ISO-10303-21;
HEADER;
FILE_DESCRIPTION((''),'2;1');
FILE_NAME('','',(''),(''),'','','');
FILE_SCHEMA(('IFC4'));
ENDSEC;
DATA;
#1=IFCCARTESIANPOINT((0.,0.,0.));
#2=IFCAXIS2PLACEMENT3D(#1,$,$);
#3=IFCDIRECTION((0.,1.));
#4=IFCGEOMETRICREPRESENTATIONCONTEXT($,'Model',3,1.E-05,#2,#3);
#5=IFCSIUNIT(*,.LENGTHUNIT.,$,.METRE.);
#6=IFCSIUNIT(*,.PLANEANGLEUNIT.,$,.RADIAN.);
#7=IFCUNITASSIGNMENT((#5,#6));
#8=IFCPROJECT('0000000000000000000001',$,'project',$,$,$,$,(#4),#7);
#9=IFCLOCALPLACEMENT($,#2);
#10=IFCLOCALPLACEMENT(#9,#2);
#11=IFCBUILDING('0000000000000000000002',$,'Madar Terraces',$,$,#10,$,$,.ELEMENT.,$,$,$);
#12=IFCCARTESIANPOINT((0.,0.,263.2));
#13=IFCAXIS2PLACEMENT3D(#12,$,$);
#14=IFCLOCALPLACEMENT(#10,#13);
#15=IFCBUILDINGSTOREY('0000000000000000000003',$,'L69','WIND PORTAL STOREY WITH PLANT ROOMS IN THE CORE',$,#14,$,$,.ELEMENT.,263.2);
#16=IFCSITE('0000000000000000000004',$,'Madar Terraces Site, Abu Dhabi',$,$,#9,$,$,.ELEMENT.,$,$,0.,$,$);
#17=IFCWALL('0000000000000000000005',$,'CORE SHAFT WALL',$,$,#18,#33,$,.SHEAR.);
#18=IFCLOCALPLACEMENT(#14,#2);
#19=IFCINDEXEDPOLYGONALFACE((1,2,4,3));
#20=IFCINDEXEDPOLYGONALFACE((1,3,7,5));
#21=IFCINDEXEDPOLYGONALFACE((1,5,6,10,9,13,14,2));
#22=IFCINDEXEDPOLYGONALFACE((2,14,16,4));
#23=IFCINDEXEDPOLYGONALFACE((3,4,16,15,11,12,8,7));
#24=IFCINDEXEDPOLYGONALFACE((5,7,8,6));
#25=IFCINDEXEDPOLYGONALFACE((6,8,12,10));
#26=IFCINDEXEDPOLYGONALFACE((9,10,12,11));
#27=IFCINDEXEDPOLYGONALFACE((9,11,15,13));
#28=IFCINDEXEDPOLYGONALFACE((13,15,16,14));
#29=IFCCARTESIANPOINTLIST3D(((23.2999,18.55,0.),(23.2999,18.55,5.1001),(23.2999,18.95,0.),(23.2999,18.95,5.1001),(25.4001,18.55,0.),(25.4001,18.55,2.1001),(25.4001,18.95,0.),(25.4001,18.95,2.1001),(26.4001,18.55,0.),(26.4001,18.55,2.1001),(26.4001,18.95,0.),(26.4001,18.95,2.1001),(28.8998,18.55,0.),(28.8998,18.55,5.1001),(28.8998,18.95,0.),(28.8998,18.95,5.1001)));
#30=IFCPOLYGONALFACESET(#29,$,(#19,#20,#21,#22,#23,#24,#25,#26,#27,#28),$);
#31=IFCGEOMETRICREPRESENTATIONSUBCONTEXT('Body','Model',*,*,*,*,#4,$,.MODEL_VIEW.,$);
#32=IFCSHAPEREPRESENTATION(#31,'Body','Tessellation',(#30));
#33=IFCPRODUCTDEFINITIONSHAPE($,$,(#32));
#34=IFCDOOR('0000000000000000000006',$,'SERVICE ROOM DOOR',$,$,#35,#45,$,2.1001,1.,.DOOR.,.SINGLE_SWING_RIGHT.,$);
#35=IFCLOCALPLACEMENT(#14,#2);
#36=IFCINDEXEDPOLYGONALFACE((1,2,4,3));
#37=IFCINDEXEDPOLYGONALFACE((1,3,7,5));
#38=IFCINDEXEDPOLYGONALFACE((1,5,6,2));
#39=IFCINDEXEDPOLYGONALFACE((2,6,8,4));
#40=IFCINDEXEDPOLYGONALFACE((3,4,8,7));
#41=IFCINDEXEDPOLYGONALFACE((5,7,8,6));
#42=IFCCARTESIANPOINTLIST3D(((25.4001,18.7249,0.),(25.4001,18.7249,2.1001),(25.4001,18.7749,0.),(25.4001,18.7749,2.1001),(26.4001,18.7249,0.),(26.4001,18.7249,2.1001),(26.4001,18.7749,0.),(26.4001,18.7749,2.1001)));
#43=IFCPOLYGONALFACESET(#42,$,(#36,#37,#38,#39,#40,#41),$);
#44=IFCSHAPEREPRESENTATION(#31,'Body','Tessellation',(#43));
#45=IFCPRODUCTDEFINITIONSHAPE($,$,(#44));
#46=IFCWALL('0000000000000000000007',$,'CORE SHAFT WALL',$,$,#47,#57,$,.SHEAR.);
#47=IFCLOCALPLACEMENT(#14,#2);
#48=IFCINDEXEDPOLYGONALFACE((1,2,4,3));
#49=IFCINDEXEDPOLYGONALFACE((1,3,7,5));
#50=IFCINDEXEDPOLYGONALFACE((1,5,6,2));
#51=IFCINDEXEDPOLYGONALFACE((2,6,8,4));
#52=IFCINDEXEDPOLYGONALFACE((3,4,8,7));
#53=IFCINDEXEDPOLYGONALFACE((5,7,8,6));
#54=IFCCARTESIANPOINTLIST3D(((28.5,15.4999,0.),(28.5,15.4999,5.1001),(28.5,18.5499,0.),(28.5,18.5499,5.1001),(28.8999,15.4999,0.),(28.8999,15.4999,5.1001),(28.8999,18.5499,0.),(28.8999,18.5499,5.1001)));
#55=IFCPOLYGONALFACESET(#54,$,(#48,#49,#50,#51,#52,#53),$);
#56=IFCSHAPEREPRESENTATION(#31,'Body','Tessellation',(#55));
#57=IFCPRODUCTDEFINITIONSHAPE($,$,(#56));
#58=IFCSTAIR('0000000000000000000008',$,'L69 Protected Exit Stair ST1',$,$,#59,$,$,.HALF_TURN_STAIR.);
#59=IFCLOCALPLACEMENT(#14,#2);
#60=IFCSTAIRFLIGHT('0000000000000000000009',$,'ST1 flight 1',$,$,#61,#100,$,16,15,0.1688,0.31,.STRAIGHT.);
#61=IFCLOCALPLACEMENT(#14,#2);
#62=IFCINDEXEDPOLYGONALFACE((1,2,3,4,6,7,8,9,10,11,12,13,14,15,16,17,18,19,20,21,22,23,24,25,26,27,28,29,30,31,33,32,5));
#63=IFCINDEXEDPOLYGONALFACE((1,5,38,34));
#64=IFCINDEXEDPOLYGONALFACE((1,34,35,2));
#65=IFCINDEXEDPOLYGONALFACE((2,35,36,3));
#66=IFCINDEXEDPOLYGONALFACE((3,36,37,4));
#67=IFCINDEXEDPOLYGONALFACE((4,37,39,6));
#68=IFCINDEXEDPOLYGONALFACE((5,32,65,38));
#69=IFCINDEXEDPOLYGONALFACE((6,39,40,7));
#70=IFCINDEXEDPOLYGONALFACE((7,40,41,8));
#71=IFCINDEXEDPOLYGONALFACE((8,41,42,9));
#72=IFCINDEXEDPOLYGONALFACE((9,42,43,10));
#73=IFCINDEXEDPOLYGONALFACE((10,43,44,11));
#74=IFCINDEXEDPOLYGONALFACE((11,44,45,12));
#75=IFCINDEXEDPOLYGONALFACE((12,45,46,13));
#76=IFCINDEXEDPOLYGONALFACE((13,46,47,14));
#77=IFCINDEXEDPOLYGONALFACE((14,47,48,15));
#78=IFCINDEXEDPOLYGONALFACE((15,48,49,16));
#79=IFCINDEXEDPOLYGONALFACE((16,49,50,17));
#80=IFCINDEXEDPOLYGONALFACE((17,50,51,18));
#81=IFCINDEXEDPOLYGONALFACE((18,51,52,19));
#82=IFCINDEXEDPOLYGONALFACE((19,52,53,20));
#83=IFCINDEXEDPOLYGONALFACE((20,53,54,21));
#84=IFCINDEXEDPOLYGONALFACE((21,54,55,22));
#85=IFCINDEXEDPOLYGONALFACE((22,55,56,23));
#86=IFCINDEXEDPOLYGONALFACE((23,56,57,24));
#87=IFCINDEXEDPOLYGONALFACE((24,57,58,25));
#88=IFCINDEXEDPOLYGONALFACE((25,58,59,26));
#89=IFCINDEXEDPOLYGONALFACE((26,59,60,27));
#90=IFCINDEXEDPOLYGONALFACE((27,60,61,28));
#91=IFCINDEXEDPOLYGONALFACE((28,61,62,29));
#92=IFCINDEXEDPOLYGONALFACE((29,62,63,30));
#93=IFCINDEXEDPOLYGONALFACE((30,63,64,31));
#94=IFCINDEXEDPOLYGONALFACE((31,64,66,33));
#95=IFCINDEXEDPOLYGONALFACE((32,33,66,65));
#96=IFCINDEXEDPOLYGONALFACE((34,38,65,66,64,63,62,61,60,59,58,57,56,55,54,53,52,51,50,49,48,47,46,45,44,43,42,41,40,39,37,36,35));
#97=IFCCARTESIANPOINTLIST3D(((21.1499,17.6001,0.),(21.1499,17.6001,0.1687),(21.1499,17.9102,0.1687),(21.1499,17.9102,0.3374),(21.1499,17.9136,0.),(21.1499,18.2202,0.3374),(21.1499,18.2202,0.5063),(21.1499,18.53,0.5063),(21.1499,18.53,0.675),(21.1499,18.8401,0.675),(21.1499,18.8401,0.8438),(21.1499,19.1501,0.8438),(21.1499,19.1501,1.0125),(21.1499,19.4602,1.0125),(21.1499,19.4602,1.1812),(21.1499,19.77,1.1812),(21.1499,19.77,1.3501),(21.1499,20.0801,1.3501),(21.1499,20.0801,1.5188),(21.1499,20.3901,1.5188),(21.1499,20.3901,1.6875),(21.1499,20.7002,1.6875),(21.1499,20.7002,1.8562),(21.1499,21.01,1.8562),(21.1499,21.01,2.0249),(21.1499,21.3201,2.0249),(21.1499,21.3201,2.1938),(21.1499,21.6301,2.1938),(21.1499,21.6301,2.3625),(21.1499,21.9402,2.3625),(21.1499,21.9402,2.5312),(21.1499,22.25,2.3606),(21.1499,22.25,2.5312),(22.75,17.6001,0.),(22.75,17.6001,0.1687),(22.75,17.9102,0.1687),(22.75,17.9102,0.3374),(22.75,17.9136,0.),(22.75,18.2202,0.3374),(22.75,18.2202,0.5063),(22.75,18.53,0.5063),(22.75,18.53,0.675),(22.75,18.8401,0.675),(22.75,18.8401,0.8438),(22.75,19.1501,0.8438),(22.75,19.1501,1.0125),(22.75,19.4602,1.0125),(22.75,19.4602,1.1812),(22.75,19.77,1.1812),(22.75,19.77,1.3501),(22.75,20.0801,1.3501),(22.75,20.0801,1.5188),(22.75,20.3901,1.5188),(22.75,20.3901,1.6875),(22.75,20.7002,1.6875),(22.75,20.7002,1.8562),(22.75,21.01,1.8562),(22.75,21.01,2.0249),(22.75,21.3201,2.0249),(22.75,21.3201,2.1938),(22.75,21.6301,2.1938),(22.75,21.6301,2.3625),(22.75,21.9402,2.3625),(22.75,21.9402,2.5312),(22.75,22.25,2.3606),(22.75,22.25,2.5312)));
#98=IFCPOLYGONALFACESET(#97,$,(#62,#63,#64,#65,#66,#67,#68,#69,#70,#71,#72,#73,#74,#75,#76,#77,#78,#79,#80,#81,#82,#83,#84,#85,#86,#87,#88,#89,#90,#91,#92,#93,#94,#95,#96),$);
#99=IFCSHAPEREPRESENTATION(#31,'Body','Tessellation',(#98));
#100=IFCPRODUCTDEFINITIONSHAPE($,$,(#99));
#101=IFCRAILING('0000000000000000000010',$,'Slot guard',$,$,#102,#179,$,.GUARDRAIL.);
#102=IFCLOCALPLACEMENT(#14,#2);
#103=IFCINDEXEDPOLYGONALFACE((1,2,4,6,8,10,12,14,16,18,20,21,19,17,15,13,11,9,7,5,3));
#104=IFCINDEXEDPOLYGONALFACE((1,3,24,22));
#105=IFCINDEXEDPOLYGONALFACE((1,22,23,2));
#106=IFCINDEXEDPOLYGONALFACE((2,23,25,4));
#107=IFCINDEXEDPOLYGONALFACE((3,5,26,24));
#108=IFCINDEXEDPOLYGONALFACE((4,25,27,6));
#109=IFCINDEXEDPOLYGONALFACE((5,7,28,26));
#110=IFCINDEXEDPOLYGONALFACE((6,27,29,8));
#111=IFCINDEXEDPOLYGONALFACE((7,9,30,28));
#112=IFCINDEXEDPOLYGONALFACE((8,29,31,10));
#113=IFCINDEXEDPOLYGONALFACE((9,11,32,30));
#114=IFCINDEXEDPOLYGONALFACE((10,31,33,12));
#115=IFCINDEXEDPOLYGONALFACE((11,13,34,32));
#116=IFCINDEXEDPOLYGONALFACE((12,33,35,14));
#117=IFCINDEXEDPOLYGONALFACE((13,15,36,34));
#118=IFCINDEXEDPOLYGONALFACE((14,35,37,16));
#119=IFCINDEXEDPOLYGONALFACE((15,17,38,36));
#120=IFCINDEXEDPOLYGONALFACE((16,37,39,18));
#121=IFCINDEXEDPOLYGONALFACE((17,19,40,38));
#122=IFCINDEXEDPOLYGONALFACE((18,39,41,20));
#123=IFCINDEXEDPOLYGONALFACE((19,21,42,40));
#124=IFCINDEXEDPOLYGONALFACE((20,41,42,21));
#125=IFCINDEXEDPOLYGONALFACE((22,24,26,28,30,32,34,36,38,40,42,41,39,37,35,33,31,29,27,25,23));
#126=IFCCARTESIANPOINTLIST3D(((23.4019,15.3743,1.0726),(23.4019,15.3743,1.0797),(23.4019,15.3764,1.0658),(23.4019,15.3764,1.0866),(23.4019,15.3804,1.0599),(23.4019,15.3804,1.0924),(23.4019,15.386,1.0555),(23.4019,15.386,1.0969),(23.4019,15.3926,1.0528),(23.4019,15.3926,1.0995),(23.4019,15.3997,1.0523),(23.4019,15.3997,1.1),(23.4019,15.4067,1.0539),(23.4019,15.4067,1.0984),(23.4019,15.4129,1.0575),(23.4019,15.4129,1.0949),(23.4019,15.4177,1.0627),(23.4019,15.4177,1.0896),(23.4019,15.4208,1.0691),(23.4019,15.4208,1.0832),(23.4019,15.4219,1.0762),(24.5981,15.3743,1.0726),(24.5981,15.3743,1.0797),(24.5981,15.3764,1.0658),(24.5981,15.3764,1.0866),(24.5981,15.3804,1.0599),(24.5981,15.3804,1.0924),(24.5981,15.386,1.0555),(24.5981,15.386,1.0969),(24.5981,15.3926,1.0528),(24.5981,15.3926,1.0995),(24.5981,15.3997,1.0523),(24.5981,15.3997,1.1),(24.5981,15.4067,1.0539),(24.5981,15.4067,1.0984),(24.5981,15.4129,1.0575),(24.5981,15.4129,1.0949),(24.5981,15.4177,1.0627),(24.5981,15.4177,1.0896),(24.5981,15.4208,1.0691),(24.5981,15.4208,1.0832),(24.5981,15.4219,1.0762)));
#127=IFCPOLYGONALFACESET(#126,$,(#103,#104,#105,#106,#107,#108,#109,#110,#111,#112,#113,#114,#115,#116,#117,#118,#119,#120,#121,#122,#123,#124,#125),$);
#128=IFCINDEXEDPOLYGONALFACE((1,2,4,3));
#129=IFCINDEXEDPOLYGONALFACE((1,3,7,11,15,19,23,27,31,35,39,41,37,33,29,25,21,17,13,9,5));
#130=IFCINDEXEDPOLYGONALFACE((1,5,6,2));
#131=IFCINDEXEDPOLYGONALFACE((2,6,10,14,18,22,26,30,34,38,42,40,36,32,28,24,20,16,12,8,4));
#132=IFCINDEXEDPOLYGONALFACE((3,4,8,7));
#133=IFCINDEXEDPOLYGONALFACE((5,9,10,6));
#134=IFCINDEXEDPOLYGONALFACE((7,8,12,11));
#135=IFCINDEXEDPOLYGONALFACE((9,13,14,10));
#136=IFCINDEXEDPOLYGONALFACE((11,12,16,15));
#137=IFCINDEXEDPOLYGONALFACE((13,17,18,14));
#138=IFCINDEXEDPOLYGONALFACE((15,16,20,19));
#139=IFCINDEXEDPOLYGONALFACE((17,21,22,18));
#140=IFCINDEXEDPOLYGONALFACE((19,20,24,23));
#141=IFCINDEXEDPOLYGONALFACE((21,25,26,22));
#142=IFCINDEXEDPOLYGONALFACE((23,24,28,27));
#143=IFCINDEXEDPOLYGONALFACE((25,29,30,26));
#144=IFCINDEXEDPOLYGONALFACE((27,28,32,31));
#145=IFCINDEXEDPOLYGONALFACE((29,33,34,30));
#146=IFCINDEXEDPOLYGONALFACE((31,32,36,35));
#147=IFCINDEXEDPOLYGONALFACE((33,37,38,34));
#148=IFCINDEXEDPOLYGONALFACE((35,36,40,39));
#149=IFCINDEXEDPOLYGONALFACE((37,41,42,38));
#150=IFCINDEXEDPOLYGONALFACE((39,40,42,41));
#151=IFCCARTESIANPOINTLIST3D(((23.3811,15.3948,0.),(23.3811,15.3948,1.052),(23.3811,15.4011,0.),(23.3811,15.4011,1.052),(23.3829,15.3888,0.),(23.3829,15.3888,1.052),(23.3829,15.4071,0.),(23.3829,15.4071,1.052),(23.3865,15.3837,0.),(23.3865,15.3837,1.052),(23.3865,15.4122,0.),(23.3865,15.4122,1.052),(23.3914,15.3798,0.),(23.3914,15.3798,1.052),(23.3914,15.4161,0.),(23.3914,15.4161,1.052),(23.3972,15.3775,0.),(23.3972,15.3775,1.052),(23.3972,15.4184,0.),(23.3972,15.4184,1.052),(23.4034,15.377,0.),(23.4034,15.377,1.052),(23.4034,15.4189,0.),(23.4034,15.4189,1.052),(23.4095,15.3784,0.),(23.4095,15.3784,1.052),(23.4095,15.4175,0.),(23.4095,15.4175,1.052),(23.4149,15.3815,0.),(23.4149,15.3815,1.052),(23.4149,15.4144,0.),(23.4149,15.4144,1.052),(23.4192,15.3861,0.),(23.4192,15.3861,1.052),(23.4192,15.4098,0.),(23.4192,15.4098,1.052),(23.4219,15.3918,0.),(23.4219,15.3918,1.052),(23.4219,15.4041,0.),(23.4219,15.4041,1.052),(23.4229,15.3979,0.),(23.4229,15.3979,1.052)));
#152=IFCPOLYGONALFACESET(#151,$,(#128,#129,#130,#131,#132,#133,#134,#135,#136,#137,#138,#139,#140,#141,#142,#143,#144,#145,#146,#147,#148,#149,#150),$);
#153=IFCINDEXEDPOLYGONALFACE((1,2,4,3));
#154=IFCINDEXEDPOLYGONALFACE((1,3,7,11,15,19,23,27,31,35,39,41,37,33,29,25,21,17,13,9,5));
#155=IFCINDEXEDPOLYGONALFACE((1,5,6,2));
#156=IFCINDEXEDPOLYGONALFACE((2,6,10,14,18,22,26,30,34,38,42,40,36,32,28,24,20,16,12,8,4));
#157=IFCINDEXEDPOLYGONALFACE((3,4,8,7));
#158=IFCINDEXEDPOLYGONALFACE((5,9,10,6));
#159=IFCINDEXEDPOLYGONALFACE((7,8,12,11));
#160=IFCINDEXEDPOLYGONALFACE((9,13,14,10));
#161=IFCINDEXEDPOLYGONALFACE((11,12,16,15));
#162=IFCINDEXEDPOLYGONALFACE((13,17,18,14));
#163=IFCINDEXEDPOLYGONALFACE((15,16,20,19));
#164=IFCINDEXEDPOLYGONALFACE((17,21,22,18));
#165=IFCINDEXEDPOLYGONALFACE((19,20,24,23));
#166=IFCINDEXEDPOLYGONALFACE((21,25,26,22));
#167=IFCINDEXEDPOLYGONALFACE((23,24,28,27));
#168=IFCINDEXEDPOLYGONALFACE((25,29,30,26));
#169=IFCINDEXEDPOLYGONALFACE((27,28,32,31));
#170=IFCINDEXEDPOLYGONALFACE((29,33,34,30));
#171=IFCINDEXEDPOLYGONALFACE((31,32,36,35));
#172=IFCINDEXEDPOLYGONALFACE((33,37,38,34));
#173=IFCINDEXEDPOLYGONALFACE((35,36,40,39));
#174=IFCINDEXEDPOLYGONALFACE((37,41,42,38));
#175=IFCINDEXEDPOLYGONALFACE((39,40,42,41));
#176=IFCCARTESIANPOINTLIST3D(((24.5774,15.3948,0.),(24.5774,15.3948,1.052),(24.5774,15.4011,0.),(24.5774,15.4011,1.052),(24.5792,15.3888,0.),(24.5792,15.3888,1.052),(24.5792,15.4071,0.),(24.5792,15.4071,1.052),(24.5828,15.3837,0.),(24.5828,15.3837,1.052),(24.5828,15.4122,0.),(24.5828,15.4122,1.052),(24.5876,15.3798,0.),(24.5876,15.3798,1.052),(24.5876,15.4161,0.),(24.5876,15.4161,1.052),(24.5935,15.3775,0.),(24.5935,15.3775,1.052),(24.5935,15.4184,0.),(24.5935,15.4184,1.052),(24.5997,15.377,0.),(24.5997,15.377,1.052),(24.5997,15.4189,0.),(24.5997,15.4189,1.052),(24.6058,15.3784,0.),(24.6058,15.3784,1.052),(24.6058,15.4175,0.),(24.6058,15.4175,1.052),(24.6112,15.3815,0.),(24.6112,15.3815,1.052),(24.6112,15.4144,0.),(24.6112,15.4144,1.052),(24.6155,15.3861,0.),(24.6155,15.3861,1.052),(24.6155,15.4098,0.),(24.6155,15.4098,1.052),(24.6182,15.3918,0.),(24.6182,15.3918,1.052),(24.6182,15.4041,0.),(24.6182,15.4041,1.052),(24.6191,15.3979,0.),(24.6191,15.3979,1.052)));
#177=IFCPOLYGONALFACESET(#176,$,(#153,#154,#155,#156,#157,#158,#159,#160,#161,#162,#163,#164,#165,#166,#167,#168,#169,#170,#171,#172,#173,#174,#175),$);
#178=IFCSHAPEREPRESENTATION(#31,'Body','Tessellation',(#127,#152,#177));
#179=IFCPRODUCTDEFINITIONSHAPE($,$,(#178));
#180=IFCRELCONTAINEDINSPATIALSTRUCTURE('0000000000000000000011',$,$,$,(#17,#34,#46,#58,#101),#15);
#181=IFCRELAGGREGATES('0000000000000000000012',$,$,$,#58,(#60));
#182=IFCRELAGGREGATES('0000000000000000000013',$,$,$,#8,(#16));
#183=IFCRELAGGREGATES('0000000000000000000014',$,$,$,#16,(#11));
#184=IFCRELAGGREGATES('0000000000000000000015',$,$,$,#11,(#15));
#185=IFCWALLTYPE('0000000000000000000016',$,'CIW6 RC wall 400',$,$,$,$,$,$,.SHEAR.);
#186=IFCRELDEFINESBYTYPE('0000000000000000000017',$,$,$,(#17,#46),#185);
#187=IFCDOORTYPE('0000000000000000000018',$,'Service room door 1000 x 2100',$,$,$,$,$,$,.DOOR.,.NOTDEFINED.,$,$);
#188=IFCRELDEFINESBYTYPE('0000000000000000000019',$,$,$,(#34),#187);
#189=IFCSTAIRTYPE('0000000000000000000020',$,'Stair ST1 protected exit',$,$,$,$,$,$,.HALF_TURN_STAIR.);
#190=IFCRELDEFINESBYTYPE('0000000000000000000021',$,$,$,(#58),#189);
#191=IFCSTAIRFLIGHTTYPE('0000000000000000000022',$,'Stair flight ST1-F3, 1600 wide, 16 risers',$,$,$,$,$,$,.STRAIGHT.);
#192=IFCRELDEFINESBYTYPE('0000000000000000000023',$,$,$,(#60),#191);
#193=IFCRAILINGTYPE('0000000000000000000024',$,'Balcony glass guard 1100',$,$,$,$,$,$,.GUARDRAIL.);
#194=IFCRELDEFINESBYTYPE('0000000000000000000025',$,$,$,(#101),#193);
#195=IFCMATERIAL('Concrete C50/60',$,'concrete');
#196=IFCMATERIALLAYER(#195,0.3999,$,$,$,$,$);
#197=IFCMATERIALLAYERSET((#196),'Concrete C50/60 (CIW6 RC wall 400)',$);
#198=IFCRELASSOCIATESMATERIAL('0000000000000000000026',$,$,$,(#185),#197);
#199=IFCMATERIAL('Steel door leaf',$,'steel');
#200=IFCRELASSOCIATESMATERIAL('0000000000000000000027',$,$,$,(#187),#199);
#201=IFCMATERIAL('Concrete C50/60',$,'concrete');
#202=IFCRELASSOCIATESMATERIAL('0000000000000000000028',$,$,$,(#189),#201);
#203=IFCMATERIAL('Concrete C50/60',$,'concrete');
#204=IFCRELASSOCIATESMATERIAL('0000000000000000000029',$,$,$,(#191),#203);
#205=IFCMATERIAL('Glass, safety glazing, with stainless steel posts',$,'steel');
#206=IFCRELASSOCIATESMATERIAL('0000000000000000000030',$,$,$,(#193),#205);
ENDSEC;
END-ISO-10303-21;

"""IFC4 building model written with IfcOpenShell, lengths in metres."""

from ifc_helpers import new_model, si_unit, direction, frame, frame_2d, origin, origin_2d, place, context, subcontext, project, spatial, polyline, rectangle, circle, outline, extrude, material, layer, layer_set, type_object, element, fill, aggregate, save


model = new_model("IFC4")

# Units and contexts
model_context = context("Model", 3, precision=1e-05, world=origin(), true_north=direction((0.0, 1.0)))
body_context = subcontext(model_context, "Body", "Model", "MODEL_VIEW")
ifc_project = project(units=[si_unit("LENGTHUNIT", "METRE"), si_unit("PLANEANGLEUNIT", "RADIAN")], contexts=[model_context])

# Site, building, storey
site_placement = place(None, origin())
site = spatial("IfcSite", under=ifc_project, at=site_placement, Name="Madar Terraces Site, Abu Dhabi", CompositionType="ELEMENT", RefElevation=0.0)
building_placement = place(site_placement, origin())
building = spatial("IfcBuilding", under=site, at=building_placement, Name="Madar Terraces", CompositionType="ELEMENT")
storey_placement = place(building_placement, frame((0.0, 0.0, 263.2)))
storey = spatial("IfcBuildingStorey", under=building, at=storey_placement, Name="L69", Description="WIND PORTAL STOREY WITH PLANT ROOMS IN THE CORE", CompositionType="ELEMENT", Elevation=263.2)

# Shared definitions
ifc_material_1 = material(Name="Concrete C50/60", Category="concrete")
ifc_layer = layer(ifc_material_1, 0.3999)
ifc_layer_set = layer_set([ifc_layer], Name="Concrete C50/60 (CIW6 RC wall 400)")
wall_type = type_object("IfcWallType", Name="CIW6 RC wall 400", PredefinedType="SHEAR", material=ifc_layer_set)

# Wall, opening, door
wall_1_placement = place(storey_placement, frame((23.3, 18.75, 0.0), z_axis=(0.0, 0.0, 1.0), x_axis=(1.0, 0.0, 0.0)))
wall_1 = element("IfcWall", 1, at=wall_1_placement, inside=storey, type_object=wall_type, Name="CORE SHAFT WALL", PredefinedType="SHEAR", context=body_context, shape_type="SweptSolid", body=[
    extrude(rectangle(XDim=5.5999, YDim=0.3999, at=frame_2d((2.7998, 0.0))), origin(), (0.0, 0.0, 1.0), 5.1001),
])
opening_placement = place(wall_1_placement, frame((2.1001, 0.0, 0.0)))
opening = element("IfcOpeningElement", 2, at=opening_placement, cuts=wall_1, PredefinedType="OPENING", context=body_context, shape_type="SweptSolid", body=[
    extrude(rectangle(XDim=1.0, YDim=2.1001, at=frame_2d((0.5, 1.05))), frame((0.0, 0.21, 0.0), z_axis=(0.0, -1.0, 0.0), x_axis=(1.0, 0.0, 0.0)), (0.0, 0.0, 1.0), 0.4199),
])
ifc_material_2 = material(Name="Steel door leaf", Category="steel")
door_type = type_object("IfcDoorType", Name="Service room door 1000 x 2100", OperationType="NOTDEFINED", PredefinedType="DOOR", material=ifc_material_2)
door_placement = place(opening_placement, origin())
door = element("IfcDoor", 3, at=door_placement, inside=storey, type_object=door_type, Name="SERVICE ROOM DOOR", OperationType="SINGLE_SWING_RIGHT", OverallHeight=2.1001, OverallWidth=1.0, PredefinedType="DOOR", context=body_context, shape_type="SweptSolid", body=[
    extrude(rectangle(XDim=1.0, YDim=2.1001, at=frame_2d((0.5, 1.05))), frame((0.0, 0.0249, 0.0), z_axis=(0.0, -1.0, 0.0), x_axis=(1.0, 0.0, 0.0)), (0.0, 0.0, 1.0), 0.05),
])
fill(opening, door)

# Wall
wall_2_placement = place(storey_placement, frame((28.7, 15.5, 0.0), z_axis=(0.0, 0.0, 1.0), x_axis=(0.0, 1.0, 0.0)))
element("IfcWall", 4, at=wall_2_placement, inside=storey, type_object=wall_type, Name="CORE SHAFT WALL", PredefinedType="SHEAR", context=body_context, shape_type="SweptSolid", body=[
    extrude(rectangle(XDim=3.05, YDim=0.3999, at=frame_2d((1.5249, 0.0))), origin(), (0.0, 0.0, 1.0), 5.1001),
])

# Stair, stair flight
ifc_material_3 = material(Name="Concrete C50/60", Category="concrete")
stair_type = type_object("IfcStairType", Name="Stair ST1 protected exit", PredefinedType="HALF_TURN_STAIR", material=ifc_material_3)
stair_placement = place(storey_placement, origin())
stair = element("IfcStair", 5, at=stair_placement, inside=storey, type_object=stair_type, Name="L69 Protected Exit Stair ST1", PredefinedType="HALF_TURN_STAIR")
ifc_material_4 = material(Name="Concrete C50/60", Category="concrete")
stair_flight_type = type_object("IfcStairFlightType", Name="Stair flight ST1-F3, 1600 wide, 16 risers", PredefinedType="STRAIGHT", material=ifc_material_4)
stair_flight_placement = place(storey_placement, frame((21.95, 17.6001, 0.0), z_axis=(0.0, 0.0, 1.0), x_axis=(0.0, 1.0, 0.0)))
stair_flight = element("IfcStairFlight", 6, at=stair_flight_placement, type_object=stair_flight_type, Name="ST1 flight 1", NumberOfRisers=16, NumberOfTreads=15, PredefinedType="STRAIGHT", RiserHeight=0.1688, TreadLength=0.31, context=body_context, shape_type="SweptSolid", body=[
    extrude(outline(polyline([(0.0, 0.0), (0.0, 0.1687), (0.3101, 0.1687), (0.3101, 0.3374), (0.6201, 0.3374), (0.6201, 0.5063), (0.9299, 0.5063), (0.9299, 0.675), (1.24, 0.675), (1.24, 0.8438), (1.55, 0.8438), (1.55, 1.0125), (1.8601, 1.0125), (1.8601, 1.1812), (2.1699, 1.1812), (2.1699, 1.3501), (2.48, 1.3501), (2.48, 1.5188), (2.79, 1.5188), (2.79, 1.6875), (3.1001, 1.6875), (3.1001, 1.8562), (3.4099, 1.8562), (3.4099, 2.0249), (3.72, 2.0249), (3.72, 2.1938), (4.03, 2.1938), (4.03, 2.3625), (4.3401, 2.3625), (4.3401, 2.5312), (4.6499, 2.5312), (4.6499, 2.7), (4.6499, 2.3606), (0.3135, 0.0), (0.0, 0.0)])), frame((0.0, 0.8, 0.0), z_axis=(0.0, -1.0, 0.0), x_axis=(1.0, 0.0, 0.0)), (0.0, 0.0, 1.0), 1.6001),
])
aggregate(stair, [stair_flight])

# Railing
ifc_material_5 = material(Name="Glass, safety glazing, with stainless steel posts", Category="steel")
railing_type_1 = type_object("IfcRailingType", Name="Balcony glass guard 1100", PredefinedType="GUARDRAIL", material=ifc_material_5)
railing_1_placement = place(storey_placement, frame((23.4019, 15.3979, 0.0)))
element("IfcRailing", 7, at=railing_1_placement, inside=storey, type_object=railing_type_1, Name="Slot guard", PredefinedType="GUARDRAIL", context=body_context, shape_type="SweptSolid", body=[
    extrude(circle(Radius=0.0239, at=origin_2d()), frame((0.0, 0.0, 1.0762), z_axis=(1.0, 0.0, 0.0), x_axis=(0.0, 1.0, 0.0)), (0.0, 0.0, 1.0), 1.1963),
    extrude(circle(Radius=0.021, at=origin_2d()), origin(), (0.0, 0.0, 1.0), 1.052),
    extrude(circle(Radius=0.021, at=origin_2d()), frame((1.1963, 0.0, 0.0)), (0.0, 0.0, 1.0), 1.052),
])

save(model, "model.ifc")
